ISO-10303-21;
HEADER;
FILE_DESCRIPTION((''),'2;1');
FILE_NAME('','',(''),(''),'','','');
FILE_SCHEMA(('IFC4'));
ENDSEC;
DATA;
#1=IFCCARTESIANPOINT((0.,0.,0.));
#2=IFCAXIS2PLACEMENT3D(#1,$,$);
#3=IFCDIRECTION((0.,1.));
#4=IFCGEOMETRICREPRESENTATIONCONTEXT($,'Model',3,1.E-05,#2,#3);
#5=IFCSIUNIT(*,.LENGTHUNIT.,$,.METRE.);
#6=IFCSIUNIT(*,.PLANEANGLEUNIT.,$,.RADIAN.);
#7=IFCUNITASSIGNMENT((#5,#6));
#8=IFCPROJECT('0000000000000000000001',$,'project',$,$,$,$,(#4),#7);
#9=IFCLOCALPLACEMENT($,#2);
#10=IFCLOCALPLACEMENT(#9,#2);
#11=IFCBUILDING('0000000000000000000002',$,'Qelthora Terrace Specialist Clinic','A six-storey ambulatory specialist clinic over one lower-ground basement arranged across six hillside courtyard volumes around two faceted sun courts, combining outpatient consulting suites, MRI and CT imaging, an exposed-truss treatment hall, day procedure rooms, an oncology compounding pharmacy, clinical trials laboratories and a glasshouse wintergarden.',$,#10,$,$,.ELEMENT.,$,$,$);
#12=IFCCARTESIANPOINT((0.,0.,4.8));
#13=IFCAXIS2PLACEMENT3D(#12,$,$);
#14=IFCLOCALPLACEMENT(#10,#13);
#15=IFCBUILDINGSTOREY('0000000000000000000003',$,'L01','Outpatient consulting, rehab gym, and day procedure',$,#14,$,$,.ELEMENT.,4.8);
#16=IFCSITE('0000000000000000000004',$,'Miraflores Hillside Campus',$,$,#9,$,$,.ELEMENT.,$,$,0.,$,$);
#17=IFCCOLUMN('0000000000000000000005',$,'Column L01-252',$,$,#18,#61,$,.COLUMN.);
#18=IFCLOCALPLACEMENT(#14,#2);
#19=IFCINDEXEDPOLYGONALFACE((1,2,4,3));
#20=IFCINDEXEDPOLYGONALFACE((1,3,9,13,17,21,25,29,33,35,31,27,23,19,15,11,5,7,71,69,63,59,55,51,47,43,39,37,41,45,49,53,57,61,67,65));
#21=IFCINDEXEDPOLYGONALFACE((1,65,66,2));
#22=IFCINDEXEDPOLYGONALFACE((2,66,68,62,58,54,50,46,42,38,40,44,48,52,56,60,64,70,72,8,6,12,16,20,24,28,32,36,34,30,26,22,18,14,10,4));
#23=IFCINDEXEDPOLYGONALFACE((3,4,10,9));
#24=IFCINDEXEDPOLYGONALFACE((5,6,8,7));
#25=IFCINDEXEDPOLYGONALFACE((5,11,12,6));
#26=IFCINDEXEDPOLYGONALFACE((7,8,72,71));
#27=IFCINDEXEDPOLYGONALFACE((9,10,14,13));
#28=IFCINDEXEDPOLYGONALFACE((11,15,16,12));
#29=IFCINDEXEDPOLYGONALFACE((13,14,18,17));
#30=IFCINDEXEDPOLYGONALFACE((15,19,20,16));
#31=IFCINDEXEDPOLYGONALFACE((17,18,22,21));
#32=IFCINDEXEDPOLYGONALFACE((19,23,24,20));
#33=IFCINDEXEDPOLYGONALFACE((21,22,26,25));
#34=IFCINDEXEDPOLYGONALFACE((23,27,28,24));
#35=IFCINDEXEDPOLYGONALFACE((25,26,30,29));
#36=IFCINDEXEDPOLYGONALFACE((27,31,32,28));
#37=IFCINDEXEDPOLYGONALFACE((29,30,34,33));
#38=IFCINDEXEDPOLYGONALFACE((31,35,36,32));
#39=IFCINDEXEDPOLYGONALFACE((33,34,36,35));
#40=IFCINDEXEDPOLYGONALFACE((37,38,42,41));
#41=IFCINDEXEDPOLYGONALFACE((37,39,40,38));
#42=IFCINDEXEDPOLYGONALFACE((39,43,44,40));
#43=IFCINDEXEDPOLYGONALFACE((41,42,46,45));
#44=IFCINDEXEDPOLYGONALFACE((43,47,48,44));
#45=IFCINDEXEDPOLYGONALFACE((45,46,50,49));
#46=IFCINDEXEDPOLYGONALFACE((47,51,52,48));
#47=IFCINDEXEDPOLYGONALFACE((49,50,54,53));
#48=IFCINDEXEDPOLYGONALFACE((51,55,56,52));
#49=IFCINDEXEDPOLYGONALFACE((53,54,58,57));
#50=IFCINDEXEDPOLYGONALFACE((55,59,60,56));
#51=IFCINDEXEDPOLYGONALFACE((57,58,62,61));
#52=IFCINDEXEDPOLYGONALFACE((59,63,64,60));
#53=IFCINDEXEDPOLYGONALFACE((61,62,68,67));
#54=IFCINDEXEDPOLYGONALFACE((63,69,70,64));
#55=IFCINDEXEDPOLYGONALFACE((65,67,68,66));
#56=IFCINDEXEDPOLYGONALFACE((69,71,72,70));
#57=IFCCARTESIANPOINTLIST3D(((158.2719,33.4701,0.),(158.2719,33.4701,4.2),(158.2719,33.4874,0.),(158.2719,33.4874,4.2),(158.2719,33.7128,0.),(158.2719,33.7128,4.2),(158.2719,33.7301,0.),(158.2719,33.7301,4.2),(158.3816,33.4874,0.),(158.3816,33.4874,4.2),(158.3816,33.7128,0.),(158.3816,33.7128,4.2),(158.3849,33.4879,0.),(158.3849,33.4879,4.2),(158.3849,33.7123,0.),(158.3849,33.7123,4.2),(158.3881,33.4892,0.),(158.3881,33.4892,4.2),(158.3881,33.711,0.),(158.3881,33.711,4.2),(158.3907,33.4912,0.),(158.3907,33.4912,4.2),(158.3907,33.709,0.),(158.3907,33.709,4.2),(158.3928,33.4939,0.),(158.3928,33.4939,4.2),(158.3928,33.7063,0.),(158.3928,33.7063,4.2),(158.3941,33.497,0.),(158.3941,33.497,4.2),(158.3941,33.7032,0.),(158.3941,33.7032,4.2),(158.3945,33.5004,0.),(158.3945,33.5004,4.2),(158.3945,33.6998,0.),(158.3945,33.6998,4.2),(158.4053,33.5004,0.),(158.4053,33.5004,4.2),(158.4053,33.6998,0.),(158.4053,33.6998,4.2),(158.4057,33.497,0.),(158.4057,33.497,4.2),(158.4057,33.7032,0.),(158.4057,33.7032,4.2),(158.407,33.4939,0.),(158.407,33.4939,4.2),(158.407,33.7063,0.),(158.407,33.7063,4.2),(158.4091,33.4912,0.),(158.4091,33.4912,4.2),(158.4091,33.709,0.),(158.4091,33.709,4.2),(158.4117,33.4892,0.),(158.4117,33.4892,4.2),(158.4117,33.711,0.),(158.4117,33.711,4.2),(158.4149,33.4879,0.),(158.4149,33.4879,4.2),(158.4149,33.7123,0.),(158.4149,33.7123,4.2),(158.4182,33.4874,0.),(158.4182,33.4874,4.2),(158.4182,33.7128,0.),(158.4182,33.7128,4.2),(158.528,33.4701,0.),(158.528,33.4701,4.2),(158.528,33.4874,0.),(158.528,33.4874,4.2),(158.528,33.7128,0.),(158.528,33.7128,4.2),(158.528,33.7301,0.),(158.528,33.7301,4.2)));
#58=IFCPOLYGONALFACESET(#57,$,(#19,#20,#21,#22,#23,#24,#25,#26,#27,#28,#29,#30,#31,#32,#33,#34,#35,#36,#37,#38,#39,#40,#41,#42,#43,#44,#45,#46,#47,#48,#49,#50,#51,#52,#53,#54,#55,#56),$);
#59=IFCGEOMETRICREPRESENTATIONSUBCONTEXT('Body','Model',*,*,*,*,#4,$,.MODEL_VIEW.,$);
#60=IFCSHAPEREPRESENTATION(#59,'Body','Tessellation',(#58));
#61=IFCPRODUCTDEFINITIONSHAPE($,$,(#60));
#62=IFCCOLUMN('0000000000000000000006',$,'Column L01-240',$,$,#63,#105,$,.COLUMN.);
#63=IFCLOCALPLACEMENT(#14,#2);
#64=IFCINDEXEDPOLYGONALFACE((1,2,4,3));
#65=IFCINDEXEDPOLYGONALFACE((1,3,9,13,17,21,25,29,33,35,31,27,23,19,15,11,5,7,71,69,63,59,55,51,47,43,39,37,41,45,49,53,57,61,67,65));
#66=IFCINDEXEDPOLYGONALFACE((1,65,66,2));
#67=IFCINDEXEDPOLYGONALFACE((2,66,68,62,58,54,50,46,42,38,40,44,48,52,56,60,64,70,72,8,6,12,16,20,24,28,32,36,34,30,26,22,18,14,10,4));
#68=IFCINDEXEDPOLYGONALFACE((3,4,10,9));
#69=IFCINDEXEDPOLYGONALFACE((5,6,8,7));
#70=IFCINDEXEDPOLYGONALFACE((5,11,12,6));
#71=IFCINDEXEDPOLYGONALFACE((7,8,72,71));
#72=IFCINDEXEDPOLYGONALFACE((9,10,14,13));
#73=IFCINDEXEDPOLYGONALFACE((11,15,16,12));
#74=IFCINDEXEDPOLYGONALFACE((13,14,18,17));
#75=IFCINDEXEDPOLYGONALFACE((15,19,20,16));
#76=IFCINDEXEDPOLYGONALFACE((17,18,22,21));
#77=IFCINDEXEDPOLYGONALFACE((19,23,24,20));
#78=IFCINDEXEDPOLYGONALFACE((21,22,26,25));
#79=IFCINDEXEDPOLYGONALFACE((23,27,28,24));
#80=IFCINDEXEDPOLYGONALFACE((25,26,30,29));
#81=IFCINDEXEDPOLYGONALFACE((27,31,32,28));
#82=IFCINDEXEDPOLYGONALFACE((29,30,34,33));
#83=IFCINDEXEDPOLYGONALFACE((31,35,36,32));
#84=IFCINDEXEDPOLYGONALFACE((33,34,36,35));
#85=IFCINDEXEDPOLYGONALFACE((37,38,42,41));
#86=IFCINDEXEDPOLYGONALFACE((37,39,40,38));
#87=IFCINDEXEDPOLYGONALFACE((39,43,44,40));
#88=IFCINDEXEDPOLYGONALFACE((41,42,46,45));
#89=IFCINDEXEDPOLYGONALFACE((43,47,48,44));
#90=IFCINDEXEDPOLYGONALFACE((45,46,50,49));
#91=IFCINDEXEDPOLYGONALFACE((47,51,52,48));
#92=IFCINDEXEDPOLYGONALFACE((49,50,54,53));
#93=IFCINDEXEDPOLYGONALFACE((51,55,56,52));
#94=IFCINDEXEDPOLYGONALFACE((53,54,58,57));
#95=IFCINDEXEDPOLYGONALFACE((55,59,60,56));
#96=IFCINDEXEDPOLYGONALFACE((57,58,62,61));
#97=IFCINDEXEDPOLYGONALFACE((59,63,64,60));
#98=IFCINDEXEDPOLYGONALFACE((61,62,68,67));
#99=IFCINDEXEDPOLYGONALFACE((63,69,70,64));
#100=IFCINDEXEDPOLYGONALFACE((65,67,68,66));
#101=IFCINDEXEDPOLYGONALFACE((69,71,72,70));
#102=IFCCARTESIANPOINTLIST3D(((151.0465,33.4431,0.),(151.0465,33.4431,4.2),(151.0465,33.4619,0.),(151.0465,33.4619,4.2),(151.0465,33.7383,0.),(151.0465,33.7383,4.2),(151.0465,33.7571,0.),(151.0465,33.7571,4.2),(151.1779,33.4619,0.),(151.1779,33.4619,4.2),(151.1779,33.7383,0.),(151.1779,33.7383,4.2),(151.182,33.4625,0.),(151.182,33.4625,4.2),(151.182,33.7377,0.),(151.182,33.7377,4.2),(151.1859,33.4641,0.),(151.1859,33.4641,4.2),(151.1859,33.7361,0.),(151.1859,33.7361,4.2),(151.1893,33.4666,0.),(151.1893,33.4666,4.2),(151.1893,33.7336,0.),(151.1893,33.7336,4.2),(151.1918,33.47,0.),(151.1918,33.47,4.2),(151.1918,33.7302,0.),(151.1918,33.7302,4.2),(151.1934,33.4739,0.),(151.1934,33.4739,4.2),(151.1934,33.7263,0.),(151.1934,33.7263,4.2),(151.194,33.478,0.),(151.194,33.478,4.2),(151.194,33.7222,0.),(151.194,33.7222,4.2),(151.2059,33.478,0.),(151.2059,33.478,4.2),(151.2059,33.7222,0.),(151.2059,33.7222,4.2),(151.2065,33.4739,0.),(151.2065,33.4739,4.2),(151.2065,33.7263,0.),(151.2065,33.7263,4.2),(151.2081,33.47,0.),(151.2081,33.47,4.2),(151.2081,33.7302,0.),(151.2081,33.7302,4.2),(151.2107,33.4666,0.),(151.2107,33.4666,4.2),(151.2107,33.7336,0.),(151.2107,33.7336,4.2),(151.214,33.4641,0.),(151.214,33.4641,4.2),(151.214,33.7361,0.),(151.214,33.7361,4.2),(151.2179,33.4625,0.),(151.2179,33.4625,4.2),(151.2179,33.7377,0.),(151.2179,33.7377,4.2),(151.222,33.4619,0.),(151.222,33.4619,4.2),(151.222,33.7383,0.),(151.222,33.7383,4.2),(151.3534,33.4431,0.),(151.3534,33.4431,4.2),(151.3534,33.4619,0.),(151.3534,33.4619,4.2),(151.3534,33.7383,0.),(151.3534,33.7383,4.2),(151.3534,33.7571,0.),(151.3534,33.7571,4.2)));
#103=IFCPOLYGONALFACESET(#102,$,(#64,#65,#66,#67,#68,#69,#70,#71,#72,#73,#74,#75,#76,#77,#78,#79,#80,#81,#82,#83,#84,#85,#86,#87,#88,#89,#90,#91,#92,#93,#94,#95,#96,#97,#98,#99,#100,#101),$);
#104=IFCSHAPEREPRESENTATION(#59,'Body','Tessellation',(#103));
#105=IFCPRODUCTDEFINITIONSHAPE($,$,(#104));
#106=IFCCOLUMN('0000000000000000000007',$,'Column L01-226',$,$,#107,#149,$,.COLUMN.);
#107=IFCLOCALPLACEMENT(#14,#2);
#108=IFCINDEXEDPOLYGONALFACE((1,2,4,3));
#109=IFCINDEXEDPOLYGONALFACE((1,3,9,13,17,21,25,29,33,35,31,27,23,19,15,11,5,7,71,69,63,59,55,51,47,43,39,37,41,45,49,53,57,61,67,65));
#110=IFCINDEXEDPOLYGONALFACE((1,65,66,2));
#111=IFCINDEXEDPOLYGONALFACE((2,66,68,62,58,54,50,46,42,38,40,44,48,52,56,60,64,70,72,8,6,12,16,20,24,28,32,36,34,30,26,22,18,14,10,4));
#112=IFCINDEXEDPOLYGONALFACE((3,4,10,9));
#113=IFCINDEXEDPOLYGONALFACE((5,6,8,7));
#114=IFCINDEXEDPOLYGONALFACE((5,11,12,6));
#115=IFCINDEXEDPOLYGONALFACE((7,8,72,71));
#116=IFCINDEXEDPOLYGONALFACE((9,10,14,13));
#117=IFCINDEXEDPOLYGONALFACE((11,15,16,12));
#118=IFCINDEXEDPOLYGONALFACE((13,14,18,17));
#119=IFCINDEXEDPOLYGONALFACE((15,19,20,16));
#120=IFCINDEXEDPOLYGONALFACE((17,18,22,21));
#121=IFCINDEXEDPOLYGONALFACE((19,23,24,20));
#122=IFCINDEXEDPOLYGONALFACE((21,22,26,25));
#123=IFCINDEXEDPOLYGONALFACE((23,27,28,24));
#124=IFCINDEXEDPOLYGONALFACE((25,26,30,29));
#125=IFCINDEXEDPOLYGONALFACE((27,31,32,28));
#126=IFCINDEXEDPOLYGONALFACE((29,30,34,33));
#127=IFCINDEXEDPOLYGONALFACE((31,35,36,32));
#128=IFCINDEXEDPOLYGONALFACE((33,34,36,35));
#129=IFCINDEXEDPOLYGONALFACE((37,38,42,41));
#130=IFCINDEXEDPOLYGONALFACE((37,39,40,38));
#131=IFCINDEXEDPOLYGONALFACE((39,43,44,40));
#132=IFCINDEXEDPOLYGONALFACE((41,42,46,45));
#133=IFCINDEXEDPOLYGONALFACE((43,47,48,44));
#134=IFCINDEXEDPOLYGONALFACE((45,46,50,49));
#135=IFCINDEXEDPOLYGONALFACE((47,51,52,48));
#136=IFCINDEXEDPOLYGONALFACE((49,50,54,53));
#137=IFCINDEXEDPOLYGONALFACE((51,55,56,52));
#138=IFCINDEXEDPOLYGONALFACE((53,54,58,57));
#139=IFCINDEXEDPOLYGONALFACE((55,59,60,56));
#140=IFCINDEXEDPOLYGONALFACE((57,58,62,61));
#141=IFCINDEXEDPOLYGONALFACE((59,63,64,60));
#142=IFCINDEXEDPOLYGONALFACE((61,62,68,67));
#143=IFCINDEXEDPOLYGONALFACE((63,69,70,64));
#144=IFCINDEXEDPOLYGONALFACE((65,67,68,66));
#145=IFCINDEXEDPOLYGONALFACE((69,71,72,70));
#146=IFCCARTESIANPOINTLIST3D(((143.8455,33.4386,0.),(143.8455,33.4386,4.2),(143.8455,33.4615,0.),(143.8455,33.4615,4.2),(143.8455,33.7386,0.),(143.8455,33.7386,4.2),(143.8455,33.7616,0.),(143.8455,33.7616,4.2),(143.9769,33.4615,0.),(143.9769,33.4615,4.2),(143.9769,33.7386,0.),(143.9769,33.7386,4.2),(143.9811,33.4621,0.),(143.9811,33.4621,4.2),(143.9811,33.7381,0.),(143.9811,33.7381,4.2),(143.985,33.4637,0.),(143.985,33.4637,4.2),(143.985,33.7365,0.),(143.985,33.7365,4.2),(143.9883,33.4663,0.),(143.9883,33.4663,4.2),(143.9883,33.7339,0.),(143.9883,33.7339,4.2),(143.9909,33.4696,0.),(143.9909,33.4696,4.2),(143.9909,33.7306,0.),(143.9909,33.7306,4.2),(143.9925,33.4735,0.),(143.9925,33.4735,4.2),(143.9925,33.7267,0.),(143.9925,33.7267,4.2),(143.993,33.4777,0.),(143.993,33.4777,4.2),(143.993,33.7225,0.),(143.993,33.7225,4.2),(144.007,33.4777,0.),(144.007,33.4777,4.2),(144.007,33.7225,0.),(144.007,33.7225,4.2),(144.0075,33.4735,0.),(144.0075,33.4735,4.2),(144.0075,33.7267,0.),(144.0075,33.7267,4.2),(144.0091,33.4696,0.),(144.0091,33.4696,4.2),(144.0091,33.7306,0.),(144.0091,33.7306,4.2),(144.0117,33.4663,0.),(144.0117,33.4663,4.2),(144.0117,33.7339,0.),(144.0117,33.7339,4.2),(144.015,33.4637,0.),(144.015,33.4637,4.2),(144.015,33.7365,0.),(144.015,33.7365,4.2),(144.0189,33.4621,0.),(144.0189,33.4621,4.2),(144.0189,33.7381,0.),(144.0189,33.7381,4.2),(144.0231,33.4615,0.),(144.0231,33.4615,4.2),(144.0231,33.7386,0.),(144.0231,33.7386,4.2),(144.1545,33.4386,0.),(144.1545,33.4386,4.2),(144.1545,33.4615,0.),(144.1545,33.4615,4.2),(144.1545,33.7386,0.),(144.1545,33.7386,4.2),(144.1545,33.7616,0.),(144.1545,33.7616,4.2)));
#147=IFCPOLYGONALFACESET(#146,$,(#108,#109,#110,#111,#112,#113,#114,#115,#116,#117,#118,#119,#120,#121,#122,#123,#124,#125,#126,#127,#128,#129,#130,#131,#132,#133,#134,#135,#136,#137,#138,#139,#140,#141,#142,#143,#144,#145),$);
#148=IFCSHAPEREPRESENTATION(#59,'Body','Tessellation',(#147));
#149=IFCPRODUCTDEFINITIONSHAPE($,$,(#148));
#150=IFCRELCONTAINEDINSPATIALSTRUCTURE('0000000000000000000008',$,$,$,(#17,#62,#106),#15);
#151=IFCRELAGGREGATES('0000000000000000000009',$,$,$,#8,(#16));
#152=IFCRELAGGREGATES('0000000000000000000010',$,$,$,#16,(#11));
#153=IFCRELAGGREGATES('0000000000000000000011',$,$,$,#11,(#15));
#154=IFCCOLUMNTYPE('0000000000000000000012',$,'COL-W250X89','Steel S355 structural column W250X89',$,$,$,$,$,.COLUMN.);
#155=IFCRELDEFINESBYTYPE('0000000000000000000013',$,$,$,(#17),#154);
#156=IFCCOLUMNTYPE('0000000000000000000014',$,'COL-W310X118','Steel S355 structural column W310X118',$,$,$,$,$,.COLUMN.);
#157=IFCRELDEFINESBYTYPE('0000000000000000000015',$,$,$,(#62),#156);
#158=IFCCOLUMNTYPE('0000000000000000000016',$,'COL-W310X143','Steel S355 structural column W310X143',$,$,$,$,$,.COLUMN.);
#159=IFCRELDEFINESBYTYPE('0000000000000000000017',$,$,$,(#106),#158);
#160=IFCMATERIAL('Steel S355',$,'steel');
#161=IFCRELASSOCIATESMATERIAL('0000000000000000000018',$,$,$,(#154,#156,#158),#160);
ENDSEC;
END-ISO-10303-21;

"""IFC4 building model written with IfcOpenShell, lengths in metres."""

from ifc_helpers import new_model, si_unit, direction, frame, origin, origin_2d, place, context, subcontext, project, spatial, i_section, extrude, material, material_profile, profile_set, type_object, element, save


model = new_model("IFC4")

# Units and contexts
model_context = context("Model", 3, precision=1e-05, world=origin(), true_north=direction((0.0, 1.0)))
body_context = subcontext(model_context, "Body", "Model", "MODEL_VIEW")
ifc_project = project(units=[si_unit("LENGTHUNIT", "METRE"), si_unit("PLANEANGLEUNIT", "RADIAN")], contexts=[model_context])

# Site, building, storey
site_placement = place(None, origin())
site = spatial("IfcSite", under=ifc_project, at=site_placement, Name="Miraflores Hillside Campus", CompositionType="ELEMENT", RefElevation=0.0)
building_placement = place(site_placement, origin())
building = spatial("IfcBuilding", under=site, at=building_placement, Name="Qelthora Terrace Specialist Clinic", Description="A six-storey ambulatory specialist clinic over one lower-ground basement arranged across six hillside courtyard volumes around two faceted sun courts, combining outpatient consulting suites, MRI and CT imaging, an exposed-truss treatment hall, day procedure rooms, an oncology compounding pharmacy, clinical trials laboratories and a glasshouse wintergarden.", CompositionType="ELEMENT")
storey_placement = place(building_placement, frame((0.0, 0.0, 4.8)))
storey = spatial("IfcBuildingStorey", under=building, at=storey_placement, Name="L01", Description="Outpatient consulting, rehab gym, and day procedure", CompositionType="ELEMENT", Elevation=4.8)

# Columns
ifc_material_1 = material(Name="Steel S355", Category="steel")
ifc_material_profile_1 = material_profile(ifc_material_1, i_section(OverallWidth=0.2561, OverallDepth=0.26, WebThickness=0.0107, FlangeThickness=0.0173, FilletRadius=0.0129, at=origin_2d()), Name="W250X89")
ifc_profile_set_1 = profile_set([ifc_material_profile_1], Name="Steel S355")
column_type_1 = type_object("IfcColumnType", Name="COL-W250X89", Description="Steel S355 structural column W250X89", PredefinedType="COLUMN", material=ifc_profile_set_1)
column_1_placement = place(storey_placement, frame((158.3999, 33.6001, 0.0), z_axis=(0.0, 0.0, 1.0), x_axis=(1.0, 0.0, 0.0)))
element("IfcColumn", 1, at=column_1_placement, inside=storey, type_object=column_type_1, Name="Column L01-252", PredefinedType="COLUMN", context=body_context, shape_type="SweptSolid", body=[
    extrude(i_section(OverallWidth=0.2561, OverallDepth=0.26, WebThickness=0.0107, FlangeThickness=0.0173, FilletRadius=0.0129, at=origin_2d()), origin(), (0.0, 0.0, 1.0), 4.2),
])
ifc_material_profile_2 = material_profile(ifc_material_1, i_section(OverallWidth=0.3069, OverallDepth=0.314, WebThickness=0.012, FlangeThickness=0.0188, FilletRadius=0.0161, at=origin_2d()), Name="W310X118")
ifc_profile_set_2 = profile_set([ifc_material_profile_2], Name="Steel S355")
column_type_2 = type_object("IfcColumnType", Name="COL-W310X118", Description="Steel S355 structural column W310X118", PredefinedType="COLUMN", material=ifc_profile_set_2)
column_2_placement = place(storey_placement, frame((151.2, 33.6001, 0.0), z_axis=(0.0, 0.0, 1.0), x_axis=(1.0, 0.0, 0.0)))
element("IfcColumn", 2, at=column_2_placement, inside=storey, type_object=column_type_2, Name="Column L01-240", PredefinedType="COLUMN", context=body_context, shape_type="SweptSolid", body=[
    extrude(i_section(OverallWidth=0.3069, OverallDepth=0.314, WebThickness=0.012, FlangeThickness=0.0188, FilletRadius=0.0161, at=origin_2d()), origin(), (0.0, 0.0, 1.0), 4.2),
])
ifc_material_profile_3 = material_profile(ifc_material_1, i_section(OverallWidth=0.3091, OverallDepth=0.323, WebThickness=0.0139, FlangeThickness=0.0229, FilletRadius=0.0161, at=origin_2d()), Name="W310X143")
ifc_profile_set_3 = profile_set([ifc_material_profile_3], Name="Steel S355")
column_type_3 = type_object("IfcColumnType", Name="COL-W310X143", Description="Steel S355 structural column W310X143", PredefinedType="COLUMN", material=ifc_profile_set_3)
column_3_placement = place(storey_placement, frame((144.0, 33.6001, 0.0), z_axis=(0.0, 0.0, 1.0), x_axis=(1.0, 0.0, 0.0)))
element("IfcColumn", 3, at=column_3_placement, inside=storey, type_object=column_type_3, Name="Column L01-226", PredefinedType="COLUMN", context=body_context, shape_type="SweptSolid", body=[
    extrude(i_section(OverallWidth=0.3091, OverallDepth=0.323, WebThickness=0.0139, FlangeThickness=0.0229, FilletRadius=0.0161, at=origin_2d()), origin(), (0.0, 0.0, 1.0), 4.2),
])

save(model, "model.ifc")
